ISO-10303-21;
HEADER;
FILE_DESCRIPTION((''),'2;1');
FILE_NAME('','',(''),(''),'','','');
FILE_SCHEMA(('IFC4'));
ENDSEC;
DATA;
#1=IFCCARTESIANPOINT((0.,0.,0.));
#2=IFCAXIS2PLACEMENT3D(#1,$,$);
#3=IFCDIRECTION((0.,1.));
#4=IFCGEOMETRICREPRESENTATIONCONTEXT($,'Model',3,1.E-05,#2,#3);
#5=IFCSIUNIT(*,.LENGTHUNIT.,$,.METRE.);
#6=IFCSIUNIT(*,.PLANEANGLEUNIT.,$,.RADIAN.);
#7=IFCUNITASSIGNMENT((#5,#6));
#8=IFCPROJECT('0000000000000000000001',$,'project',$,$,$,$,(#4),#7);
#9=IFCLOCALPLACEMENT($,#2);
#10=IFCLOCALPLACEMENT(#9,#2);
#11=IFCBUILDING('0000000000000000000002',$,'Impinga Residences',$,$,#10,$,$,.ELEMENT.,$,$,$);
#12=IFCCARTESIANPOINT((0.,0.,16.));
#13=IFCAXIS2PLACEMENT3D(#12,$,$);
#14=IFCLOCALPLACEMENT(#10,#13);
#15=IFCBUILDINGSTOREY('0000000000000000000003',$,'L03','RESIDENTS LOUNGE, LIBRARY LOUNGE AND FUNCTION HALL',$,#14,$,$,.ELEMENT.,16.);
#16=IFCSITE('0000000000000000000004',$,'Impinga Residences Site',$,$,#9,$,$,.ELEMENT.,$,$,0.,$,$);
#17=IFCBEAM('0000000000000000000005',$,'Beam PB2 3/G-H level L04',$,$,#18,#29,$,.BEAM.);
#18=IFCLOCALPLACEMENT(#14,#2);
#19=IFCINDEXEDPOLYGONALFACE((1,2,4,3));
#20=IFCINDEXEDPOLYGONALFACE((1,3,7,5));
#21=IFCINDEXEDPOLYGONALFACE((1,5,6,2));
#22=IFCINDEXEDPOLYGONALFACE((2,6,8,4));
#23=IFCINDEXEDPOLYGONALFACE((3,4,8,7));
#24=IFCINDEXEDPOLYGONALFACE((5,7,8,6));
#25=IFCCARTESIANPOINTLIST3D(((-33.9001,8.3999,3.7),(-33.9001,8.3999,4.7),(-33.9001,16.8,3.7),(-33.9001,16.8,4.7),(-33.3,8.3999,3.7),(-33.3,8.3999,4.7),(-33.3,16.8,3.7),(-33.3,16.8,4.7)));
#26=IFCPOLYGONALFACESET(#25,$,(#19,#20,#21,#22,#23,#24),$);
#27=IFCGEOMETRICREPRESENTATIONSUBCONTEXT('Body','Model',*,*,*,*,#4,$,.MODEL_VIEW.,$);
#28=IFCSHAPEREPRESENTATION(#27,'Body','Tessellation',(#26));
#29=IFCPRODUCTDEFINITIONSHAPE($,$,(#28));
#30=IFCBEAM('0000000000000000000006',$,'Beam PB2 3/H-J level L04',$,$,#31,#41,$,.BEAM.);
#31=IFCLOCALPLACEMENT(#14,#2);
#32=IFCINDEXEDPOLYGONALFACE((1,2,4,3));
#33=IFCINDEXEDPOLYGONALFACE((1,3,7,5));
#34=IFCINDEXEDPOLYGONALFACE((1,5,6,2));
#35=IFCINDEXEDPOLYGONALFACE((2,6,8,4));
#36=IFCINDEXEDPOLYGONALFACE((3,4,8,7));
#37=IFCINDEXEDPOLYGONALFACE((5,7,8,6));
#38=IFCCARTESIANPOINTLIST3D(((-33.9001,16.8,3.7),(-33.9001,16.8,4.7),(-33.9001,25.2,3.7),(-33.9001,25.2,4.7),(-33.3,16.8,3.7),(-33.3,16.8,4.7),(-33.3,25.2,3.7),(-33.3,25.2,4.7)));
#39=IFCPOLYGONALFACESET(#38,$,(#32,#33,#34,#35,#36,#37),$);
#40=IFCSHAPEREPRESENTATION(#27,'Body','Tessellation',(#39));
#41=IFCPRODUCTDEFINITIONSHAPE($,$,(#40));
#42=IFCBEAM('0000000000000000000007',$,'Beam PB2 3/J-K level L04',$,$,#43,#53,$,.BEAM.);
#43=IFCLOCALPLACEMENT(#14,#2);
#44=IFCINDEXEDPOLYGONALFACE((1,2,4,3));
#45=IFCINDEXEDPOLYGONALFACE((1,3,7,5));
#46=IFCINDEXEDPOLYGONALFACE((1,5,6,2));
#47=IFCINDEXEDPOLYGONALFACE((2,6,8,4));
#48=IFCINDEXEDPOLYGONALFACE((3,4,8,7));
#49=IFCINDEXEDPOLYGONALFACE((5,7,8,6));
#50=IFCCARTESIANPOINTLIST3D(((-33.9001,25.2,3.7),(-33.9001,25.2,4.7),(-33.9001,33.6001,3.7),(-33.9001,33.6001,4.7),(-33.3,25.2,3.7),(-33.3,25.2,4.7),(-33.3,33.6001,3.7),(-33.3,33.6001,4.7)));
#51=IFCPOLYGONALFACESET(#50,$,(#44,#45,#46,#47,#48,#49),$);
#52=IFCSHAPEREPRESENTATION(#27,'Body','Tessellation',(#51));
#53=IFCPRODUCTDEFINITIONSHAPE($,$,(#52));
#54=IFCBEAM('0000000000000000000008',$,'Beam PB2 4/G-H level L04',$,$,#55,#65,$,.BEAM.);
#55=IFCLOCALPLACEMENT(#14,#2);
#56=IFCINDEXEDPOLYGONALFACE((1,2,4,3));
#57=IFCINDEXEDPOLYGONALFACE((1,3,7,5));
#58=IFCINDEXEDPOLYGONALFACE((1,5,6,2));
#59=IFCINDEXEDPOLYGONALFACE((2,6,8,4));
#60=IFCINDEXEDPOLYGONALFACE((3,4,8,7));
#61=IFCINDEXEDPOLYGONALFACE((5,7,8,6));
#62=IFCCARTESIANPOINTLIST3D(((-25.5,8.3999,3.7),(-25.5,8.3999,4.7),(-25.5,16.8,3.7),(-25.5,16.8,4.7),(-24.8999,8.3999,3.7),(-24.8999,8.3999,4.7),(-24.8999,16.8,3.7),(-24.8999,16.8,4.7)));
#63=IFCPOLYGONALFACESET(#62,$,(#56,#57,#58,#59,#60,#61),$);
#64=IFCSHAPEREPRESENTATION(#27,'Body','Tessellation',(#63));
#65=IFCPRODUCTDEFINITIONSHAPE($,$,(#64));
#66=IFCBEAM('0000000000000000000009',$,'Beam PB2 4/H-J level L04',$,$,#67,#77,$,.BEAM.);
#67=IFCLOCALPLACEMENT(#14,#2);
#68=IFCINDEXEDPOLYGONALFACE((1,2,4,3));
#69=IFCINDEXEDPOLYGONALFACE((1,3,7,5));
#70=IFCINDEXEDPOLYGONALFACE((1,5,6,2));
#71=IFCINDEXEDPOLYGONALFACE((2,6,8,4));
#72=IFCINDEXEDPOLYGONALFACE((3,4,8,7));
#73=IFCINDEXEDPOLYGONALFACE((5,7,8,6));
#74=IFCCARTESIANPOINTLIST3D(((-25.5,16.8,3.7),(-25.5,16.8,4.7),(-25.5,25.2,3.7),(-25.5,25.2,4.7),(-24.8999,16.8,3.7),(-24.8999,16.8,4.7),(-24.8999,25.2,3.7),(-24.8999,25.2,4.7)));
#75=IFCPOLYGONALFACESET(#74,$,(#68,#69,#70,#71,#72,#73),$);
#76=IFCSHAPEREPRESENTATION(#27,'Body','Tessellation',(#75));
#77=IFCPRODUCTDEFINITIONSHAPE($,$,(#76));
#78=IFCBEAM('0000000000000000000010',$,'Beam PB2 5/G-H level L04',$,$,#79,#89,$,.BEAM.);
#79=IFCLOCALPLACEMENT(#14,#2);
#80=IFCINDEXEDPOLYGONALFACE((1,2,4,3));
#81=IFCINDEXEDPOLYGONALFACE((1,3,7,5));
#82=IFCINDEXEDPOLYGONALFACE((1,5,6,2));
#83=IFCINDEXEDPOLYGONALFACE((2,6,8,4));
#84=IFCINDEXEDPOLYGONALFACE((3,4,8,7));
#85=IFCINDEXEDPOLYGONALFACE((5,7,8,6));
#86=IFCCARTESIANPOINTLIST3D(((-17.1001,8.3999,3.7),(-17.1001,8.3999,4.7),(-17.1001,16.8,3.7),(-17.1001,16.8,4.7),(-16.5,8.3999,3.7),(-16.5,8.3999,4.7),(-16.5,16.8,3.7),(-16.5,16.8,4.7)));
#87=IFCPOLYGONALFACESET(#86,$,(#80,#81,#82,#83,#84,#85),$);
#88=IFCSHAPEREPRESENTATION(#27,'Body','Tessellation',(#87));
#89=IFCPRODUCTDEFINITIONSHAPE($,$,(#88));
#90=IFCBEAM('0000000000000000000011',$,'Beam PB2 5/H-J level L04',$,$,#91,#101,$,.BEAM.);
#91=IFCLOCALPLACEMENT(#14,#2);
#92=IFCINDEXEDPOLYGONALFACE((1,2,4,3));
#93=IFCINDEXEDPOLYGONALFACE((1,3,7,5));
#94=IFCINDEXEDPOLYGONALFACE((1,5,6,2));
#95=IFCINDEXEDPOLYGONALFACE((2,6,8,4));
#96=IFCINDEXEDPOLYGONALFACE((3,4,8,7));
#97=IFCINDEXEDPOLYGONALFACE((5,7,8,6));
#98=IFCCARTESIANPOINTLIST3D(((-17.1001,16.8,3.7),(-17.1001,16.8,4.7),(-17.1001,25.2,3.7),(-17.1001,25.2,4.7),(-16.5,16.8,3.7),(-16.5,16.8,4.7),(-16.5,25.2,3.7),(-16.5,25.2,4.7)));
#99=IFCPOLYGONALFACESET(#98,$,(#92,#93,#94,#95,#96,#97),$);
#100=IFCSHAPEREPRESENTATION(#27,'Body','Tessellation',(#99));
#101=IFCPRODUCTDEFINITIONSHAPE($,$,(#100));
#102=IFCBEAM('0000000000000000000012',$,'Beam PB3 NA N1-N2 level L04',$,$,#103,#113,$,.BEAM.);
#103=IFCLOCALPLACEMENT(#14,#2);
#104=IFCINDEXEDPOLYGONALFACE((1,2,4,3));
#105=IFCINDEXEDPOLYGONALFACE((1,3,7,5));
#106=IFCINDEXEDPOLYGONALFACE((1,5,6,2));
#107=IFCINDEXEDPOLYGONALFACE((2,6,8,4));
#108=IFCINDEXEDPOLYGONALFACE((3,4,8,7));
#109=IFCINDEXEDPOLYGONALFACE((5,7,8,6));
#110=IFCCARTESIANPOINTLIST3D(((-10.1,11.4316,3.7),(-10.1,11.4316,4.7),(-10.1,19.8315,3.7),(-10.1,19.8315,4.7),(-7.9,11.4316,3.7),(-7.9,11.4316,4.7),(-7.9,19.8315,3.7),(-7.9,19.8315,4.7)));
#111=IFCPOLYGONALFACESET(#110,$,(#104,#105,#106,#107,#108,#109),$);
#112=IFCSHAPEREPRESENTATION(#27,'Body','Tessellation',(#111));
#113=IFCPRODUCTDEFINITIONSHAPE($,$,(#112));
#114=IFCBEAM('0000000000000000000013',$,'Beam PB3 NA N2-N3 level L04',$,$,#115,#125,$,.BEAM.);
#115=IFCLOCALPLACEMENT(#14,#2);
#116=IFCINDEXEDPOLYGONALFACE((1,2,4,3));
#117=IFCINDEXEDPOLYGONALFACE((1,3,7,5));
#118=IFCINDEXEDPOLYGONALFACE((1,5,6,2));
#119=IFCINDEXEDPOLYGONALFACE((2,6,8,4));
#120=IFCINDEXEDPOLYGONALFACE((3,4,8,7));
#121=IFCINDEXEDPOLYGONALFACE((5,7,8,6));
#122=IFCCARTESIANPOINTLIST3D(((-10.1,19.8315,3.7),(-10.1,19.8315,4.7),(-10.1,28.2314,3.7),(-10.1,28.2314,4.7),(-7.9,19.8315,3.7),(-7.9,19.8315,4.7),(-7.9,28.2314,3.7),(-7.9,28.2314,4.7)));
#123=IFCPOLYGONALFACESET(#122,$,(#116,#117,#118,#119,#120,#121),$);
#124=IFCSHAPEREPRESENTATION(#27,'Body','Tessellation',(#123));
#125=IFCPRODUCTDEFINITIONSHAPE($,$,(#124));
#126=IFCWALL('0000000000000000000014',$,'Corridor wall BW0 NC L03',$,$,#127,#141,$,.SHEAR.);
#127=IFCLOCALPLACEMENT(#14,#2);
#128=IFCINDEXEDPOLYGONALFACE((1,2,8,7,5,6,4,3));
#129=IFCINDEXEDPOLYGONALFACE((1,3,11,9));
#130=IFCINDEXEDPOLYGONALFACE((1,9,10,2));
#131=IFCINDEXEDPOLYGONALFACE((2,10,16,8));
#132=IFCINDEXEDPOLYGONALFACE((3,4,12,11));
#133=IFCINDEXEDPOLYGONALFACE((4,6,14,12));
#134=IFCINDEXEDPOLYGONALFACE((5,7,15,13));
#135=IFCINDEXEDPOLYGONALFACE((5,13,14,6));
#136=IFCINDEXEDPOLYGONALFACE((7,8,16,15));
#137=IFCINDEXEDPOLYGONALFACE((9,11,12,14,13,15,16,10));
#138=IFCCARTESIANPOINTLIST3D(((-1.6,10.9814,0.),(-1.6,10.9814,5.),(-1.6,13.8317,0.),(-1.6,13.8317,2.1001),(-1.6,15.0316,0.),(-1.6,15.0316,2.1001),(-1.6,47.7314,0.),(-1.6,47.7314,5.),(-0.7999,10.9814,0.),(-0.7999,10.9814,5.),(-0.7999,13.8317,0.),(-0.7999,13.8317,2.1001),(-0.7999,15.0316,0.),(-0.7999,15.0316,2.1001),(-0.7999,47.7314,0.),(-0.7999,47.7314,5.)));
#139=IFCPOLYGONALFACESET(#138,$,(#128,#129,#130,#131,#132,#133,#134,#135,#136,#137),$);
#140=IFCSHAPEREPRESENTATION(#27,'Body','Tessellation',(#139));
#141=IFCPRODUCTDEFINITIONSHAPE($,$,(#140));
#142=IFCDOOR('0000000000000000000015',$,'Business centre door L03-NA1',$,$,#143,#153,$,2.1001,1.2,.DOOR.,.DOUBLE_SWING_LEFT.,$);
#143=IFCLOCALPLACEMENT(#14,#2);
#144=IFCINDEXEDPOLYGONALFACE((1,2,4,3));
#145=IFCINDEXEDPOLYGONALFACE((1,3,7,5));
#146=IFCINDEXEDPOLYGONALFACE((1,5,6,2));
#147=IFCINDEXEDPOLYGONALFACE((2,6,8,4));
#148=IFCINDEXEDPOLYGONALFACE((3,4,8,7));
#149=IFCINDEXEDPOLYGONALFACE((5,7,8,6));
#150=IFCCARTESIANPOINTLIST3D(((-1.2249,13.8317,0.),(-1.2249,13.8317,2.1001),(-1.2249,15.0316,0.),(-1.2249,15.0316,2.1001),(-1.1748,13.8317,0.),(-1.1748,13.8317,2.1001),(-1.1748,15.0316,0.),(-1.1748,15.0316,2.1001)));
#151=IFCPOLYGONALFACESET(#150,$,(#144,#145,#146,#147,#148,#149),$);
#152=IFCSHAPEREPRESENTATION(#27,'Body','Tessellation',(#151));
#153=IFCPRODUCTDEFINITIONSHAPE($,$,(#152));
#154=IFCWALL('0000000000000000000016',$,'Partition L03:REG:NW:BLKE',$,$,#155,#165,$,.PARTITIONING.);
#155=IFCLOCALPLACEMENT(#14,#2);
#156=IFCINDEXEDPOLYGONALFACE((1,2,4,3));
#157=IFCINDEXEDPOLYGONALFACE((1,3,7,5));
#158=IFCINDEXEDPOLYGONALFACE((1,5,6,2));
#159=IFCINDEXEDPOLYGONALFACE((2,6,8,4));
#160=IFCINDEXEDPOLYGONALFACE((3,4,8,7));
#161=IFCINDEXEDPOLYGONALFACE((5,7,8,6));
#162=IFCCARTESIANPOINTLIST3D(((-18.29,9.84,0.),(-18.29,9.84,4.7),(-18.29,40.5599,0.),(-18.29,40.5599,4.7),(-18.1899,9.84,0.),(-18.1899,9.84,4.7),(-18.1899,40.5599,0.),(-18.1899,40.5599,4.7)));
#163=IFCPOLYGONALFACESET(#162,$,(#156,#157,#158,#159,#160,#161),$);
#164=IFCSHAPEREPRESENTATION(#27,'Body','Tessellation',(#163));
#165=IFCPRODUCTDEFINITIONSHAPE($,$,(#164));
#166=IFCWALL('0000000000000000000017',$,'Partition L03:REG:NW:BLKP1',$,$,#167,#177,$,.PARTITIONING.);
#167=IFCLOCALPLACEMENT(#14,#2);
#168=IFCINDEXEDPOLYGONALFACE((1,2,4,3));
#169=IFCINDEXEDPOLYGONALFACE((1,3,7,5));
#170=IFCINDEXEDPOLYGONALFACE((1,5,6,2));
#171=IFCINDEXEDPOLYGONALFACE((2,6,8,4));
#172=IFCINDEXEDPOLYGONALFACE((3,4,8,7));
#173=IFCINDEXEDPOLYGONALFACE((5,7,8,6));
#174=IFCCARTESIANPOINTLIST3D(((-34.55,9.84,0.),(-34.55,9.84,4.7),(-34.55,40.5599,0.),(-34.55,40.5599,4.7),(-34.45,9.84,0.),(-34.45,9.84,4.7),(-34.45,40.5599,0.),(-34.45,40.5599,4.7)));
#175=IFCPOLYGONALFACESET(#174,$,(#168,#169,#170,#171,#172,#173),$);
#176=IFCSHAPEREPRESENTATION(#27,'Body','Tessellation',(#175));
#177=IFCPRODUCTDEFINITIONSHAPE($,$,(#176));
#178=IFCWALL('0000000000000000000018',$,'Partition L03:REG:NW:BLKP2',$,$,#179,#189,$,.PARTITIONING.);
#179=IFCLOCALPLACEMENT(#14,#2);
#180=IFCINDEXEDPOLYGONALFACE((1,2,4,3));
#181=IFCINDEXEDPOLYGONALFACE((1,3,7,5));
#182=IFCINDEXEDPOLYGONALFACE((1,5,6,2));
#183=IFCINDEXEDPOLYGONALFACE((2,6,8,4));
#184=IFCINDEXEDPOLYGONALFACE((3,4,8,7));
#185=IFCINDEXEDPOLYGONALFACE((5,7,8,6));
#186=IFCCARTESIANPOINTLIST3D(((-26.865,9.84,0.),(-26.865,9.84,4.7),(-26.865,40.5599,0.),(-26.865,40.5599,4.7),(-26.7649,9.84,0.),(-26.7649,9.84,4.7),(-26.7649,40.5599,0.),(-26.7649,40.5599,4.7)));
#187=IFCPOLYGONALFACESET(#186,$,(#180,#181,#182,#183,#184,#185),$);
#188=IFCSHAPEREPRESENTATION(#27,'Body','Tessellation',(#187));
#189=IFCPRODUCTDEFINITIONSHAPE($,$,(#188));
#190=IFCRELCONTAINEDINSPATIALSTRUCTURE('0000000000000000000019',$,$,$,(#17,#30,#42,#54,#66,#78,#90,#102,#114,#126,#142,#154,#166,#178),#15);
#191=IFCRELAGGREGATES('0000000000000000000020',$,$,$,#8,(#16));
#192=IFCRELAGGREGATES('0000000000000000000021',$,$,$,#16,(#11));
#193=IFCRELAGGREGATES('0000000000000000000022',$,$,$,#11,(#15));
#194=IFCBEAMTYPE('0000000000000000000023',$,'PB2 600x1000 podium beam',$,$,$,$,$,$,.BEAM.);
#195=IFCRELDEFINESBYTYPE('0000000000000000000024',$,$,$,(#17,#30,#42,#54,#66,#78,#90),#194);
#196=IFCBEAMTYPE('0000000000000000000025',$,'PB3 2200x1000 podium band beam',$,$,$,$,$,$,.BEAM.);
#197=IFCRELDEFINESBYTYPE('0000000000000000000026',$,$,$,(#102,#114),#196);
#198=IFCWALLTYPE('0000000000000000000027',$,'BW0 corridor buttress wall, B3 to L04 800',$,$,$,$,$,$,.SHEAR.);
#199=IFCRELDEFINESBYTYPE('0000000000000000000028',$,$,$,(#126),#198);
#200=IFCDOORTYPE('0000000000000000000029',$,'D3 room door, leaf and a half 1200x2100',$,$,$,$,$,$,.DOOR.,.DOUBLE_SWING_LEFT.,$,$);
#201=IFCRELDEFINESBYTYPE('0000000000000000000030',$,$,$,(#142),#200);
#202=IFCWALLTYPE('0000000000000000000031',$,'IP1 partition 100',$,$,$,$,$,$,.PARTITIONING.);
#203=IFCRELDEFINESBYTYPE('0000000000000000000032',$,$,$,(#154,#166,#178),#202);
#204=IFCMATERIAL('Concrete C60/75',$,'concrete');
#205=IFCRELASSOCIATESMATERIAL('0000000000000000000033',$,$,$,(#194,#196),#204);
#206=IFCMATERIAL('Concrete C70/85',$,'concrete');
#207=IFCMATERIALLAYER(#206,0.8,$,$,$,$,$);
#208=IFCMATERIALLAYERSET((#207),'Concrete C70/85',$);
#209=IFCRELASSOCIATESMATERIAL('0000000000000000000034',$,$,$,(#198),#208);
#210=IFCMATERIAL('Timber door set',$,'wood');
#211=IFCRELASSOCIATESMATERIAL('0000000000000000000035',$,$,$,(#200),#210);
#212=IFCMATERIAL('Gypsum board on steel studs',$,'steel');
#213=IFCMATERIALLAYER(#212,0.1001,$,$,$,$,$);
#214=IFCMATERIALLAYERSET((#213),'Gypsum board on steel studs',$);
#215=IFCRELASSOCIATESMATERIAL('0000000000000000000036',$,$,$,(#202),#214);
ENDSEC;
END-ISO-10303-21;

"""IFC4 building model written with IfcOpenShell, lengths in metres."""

from ifc_helpers import new_model, si_unit, direction, frame, frame_2d, origin, origin_2d, place, context, subcontext, project, spatial, rectangle, extrude, material, layer, layer_set, material_profile, profile_set, type_object, element, fill, save


model = new_model("IFC4")

# Units and contexts
model_context = context("Model", 3, precision=1e-05, world=origin(), true_north=direction((0.0, 1.0)))
body_context = subcontext(model_context, "Body", "Model", "MODEL_VIEW")
ifc_project = project(units=[si_unit("LENGTHUNIT", "METRE"), si_unit("PLANEANGLEUNIT", "RADIAN")], contexts=[model_context])

# Site, building, storey
site_placement = place(None, origin())
site = spatial("IfcSite", under=ifc_project, at=site_placement, Name="Impinga Residences Site", CompositionType="ELEMENT", RefElevation=0.0)
building_placement = place(site_placement, origin())
building = spatial("IfcBuilding", under=site, at=building_placement, Name="Impinga Residences", CompositionType="ELEMENT")
storey_placement = place(building_placement, frame((0.0, 0.0, 16.0)))
storey = spatial("IfcBuildingStorey", under=building, at=storey_placement, Name="L03", Description="RESIDENTS LOUNGE, LIBRARY LOUNGE AND FUNCTION HALL", CompositionType="ELEMENT", Elevation=16.0)

# Shared definitions
ifc_material_1 = material(Name="Concrete C70/85", Category="concrete")

# Beams
ifc_material_2 = material(Name="Concrete C60/75", Category="concrete")
ifc_material_profile_1 = material_profile(ifc_material_2, rectangle(XDim=0.6001, YDim=1.0, at=origin_2d()), Name="RC 600x1000")
ifc_profile_set_1 = profile_set([ifc_material_profile_1], Name="Concrete C60/75")
beam_type_1 = type_object("IfcBeamType", Name="PB2 600x1000 podium beam", PredefinedType="BEAM", material=ifc_profile_set_1)
beam_1_placement = place(storey_placement, frame((-33.6001, 8.3999, 4.2), z_axis=(0.0, 1.0, 0.0), x_axis=(-1.0, 0.0, 0.0)))
element("IfcBeam", 1, at=beam_1_placement, inside=storey, type_object=beam_type_1, Name="Beam PB2 3/G-H level L04", PredefinedType="BEAM", context=body_context, shape_type="SweptSolid", body=[
    extrude(rectangle(XDim=0.6001, YDim=1.0, at=origin_2d()), origin(), (0.0, 0.0, 1.0), 8.4001),
])
beam_2_placement = place(storey_placement, frame((-33.6001, 16.8, 4.2), z_axis=(0.0, 1.0, 0.0), x_axis=(-1.0, 0.0, 0.0)))
element("IfcBeam", 2, at=beam_2_placement, inside=storey, type_object=beam_type_1, Name="Beam PB2 3/H-J level L04", PredefinedType="BEAM", context=body_context, shape_type="SweptSolid", body=[
    extrude(rectangle(XDim=0.6001, YDim=1.0, at=origin_2d()), origin(), (0.0, 0.0, 1.0), 8.3999),
])
for number, where, z_axis, x_axis, name in (
    (3, (-33.6001, 25.2, 4.2), (0.0, 1.0, 0.0), (-1.0, 0.0, 0.0), "Beam PB2 3/J-K level L04"),
    (4, (-25.2, 8.3999, 4.2), (0.0, 1.0, 0.0), (-1.0, 0.0, 0.0), "Beam PB2 4/G-H level L04"),
):
    element("IfcBeam", number, at=place(storey_placement, frame(where, z_axis=z_axis, x_axis=x_axis)), inside=storey, type_object=beam_type_1, Name=name, PredefinedType="BEAM", context=body_context, shape_type="SweptSolid", body=[
        extrude(rectangle(XDim=0.6001, YDim=1.0, at=origin_2d()), origin(), (0.0, 0.0, 1.0), 8.4001),
    ])
beam_3_placement = place(storey_placement, frame((-25.2, 16.8, 4.2), z_axis=(0.0, 1.0, 0.0), x_axis=(-1.0, 0.0, 0.0)))
element("IfcBeam", 5, at=beam_3_placement, inside=storey, type_object=beam_type_1, Name="Beam PB2 4/H-J level L04", PredefinedType="BEAM", context=body_context, shape_type="SweptSolid", body=[
    extrude(rectangle(XDim=0.6001, YDim=1.0, at=origin_2d()), origin(), (0.0, 0.0, 1.0), 8.3999),
])
beam_4_placement = place(storey_placement, frame((-16.8, 8.3999, 4.2), z_axis=(0.0, 1.0, 0.0), x_axis=(-1.0, 0.0, 0.0)))
element("IfcBeam", 6, at=beam_4_placement, inside=storey, type_object=beam_type_1, Name="Beam PB2 5/G-H level L04", PredefinedType="BEAM", context=body_context, shape_type="SweptSolid", body=[
    extrude(rectangle(XDim=0.6001, YDim=1.0, at=origin_2d()), origin(), (0.0, 0.0, 1.0), 8.4001),
])
beam_5_placement = place(storey_placement, frame((-16.8, 16.8, 4.2), z_axis=(0.0, 1.0, 0.0), x_axis=(-1.0, 0.0, 0.0)))
element("IfcBeam", 7, at=beam_5_placement, inside=storey, type_object=beam_type_1, Name="Beam PB2 5/H-J level L04", PredefinedType="BEAM", context=body_context, shape_type="SweptSolid", body=[
    extrude(rectangle(XDim=0.6001, YDim=1.0, at=origin_2d()), origin(), (0.0, 0.0, 1.0), 8.3999),
])
ifc_material_profile_2 = material_profile(ifc_material_2, rectangle(XDim=2.2, YDim=1.0, at=origin_2d()), Name="RC 2200x1000")
ifc_profile_set_2 = profile_set([ifc_material_profile_2], Name="Concrete C60/75")
beam_type_2 = type_object("IfcBeamType", Name="PB3 2200x1000 podium band beam", PredefinedType="BEAM", material=ifc_profile_set_2)
for number, where, z_axis, x_axis, name in (
    (8, (-9.0, 11.4316, 4.2), (0.0, 1.0, 0.0), (-1.0, 0.0, 0.0), "Beam PB3 NA N1-N2 level L04"),
    (9, (-9.0, 19.8315, 4.2), (0.0, 1.0, 0.0), (-1.0, 0.0, 0.0), "Beam PB3 NA N2-N3 level L04"),
):
    element("IfcBeam", number, at=place(storey_placement, frame(where, z_axis=z_axis, x_axis=x_axis)), inside=storey, type_object=beam_type_2, Name=name, PredefinedType="BEAM", context=body_context, shape_type="SweptSolid", body=[
        extrude(rectangle(XDim=2.2, YDim=1.0, at=origin_2d()), origin(), (0.0, 0.0, 1.0), 8.3999),
    ])

# Wall, opening, door
ifc_layer_1 = layer(ifc_material_1, 0.8)
ifc_layer_set_1 = layer_set([ifc_layer_1], Name="Concrete C70/85")
wall_type_1 = type_object("IfcWallType", Name="BW0 corridor buttress wall, B3 to L04 800", PredefinedType="SHEAR", material=ifc_layer_set_1)
wall_1_placement = place(storey_placement, frame((-1.2, 10.9814, 0.0), z_axis=(0.0, 0.0, 1.0), x_axis=(0.0, 1.0, 0.0)))
wall_1 = element("IfcWall", 10, at=wall_1_placement, inside=storey, type_object=wall_type_1, Name="Corridor wall BW0 NC L03", PredefinedType="SHEAR", context=body_context, shape_type="SweptSolid", body=[
    extrude(rectangle(XDim=36.75, YDim=0.8, at=frame_2d((18.375, 0.0))), origin(), (0.0, 0.0, 1.0), 5.0),
])
opening_1_placement = place(wall_1_placement, frame((2.8501, 0.0, 0.0)))
opening_1 = element("IfcOpeningElement", 11, at=opening_1_placement, cuts=wall_1, PredefinedType="OPENING", context=body_context, shape_type="SweptSolid", body=[
    extrude(rectangle(XDim=1.2, YDim=2.1001, at=frame_2d((0.6001, 1.05))), frame((0.0, 0.4099, 0.0), z_axis=(0.0, -1.0, 0.0), x_axis=(1.0, 0.0, 0.0)), (0.0, 0.0, 1.0), 0.8201),
])
ifc_material_3 = material(Name="Timber door set", Category="wood")
door_type_1 = type_object("IfcDoorType", Name="D3 room door, leaf and a half 1200x2100", OperationType="DOUBLE_SWING_LEFT", PredefinedType="DOOR", material=ifc_material_3)
door_1_placement = place(opening_1_placement, origin())
door_1 = element("IfcDoor", 12, at=door_1_placement, inside=storey, type_object=door_type_1, Name="Business centre door L03-NA1", OperationType="DOUBLE_SWING_LEFT", OverallHeight=2.1001, OverallWidth=1.2, PredefinedType="DOOR", context=body_context, shape_type="SweptSolid", body=[
    extrude(rectangle(XDim=1.2, YDim=2.1001, at=frame_2d((0.6001, 1.05))), frame((0.0, 0.0249, 0.0), z_axis=(0.0, -1.0, 0.0), x_axis=(1.0, 0.0, 0.0)), (0.0, 0.0, 1.0), 0.05),
])
fill(opening_1, door_1)

# Walls
ifc_material_4 = material(Name="Gypsum board on steel studs", Category="steel")
ifc_layer_2 = layer(ifc_material_4, 0.1001)
ifc_layer_set_2 = layer_set([ifc_layer_2], Name="Gypsum board on steel studs")
wall_type_2 = type_object("IfcWallType", Name="IP1 partition 100", PredefinedType="PARTITIONING", material=ifc_layer_set_2)
for number, where, z_axis, x_axis, name in (
    (13, (-18.24, 9.8401, 0.0), (0.0, 0.0, 1.0), (0.0, 1.0, 0.0), "Partition L03:REG:NW:BLKE"),
    (14, (-34.5, 9.8401, 0.0), (0.0, 0.0, 1.0), (0.0, 1.0, 0.0), "Partition L03:REG:NW:BLKP1"),
    (15, (-26.8149, 9.8401, 0.0), (0.0, 0.0, 1.0), (0.0, 1.0, 0.0), "Partition L03:REG:NW:BLKP2"),
):
    element("IfcWall", number, at=place(storey_placement, frame(where, z_axis=z_axis, x_axis=x_axis)), inside=storey, type_object=wall_type_2, Name=name, PredefinedType="PARTITIONING", context=body_context, shape_type="SweptSolid", body=[
        extrude(rectangle(XDim=30.72, YDim=0.1001, at=frame_2d((15.3599, 0.0))), origin(), (0.0, 0.0, 1.0), 4.7),
    ])

save(model, "model.ifc")
